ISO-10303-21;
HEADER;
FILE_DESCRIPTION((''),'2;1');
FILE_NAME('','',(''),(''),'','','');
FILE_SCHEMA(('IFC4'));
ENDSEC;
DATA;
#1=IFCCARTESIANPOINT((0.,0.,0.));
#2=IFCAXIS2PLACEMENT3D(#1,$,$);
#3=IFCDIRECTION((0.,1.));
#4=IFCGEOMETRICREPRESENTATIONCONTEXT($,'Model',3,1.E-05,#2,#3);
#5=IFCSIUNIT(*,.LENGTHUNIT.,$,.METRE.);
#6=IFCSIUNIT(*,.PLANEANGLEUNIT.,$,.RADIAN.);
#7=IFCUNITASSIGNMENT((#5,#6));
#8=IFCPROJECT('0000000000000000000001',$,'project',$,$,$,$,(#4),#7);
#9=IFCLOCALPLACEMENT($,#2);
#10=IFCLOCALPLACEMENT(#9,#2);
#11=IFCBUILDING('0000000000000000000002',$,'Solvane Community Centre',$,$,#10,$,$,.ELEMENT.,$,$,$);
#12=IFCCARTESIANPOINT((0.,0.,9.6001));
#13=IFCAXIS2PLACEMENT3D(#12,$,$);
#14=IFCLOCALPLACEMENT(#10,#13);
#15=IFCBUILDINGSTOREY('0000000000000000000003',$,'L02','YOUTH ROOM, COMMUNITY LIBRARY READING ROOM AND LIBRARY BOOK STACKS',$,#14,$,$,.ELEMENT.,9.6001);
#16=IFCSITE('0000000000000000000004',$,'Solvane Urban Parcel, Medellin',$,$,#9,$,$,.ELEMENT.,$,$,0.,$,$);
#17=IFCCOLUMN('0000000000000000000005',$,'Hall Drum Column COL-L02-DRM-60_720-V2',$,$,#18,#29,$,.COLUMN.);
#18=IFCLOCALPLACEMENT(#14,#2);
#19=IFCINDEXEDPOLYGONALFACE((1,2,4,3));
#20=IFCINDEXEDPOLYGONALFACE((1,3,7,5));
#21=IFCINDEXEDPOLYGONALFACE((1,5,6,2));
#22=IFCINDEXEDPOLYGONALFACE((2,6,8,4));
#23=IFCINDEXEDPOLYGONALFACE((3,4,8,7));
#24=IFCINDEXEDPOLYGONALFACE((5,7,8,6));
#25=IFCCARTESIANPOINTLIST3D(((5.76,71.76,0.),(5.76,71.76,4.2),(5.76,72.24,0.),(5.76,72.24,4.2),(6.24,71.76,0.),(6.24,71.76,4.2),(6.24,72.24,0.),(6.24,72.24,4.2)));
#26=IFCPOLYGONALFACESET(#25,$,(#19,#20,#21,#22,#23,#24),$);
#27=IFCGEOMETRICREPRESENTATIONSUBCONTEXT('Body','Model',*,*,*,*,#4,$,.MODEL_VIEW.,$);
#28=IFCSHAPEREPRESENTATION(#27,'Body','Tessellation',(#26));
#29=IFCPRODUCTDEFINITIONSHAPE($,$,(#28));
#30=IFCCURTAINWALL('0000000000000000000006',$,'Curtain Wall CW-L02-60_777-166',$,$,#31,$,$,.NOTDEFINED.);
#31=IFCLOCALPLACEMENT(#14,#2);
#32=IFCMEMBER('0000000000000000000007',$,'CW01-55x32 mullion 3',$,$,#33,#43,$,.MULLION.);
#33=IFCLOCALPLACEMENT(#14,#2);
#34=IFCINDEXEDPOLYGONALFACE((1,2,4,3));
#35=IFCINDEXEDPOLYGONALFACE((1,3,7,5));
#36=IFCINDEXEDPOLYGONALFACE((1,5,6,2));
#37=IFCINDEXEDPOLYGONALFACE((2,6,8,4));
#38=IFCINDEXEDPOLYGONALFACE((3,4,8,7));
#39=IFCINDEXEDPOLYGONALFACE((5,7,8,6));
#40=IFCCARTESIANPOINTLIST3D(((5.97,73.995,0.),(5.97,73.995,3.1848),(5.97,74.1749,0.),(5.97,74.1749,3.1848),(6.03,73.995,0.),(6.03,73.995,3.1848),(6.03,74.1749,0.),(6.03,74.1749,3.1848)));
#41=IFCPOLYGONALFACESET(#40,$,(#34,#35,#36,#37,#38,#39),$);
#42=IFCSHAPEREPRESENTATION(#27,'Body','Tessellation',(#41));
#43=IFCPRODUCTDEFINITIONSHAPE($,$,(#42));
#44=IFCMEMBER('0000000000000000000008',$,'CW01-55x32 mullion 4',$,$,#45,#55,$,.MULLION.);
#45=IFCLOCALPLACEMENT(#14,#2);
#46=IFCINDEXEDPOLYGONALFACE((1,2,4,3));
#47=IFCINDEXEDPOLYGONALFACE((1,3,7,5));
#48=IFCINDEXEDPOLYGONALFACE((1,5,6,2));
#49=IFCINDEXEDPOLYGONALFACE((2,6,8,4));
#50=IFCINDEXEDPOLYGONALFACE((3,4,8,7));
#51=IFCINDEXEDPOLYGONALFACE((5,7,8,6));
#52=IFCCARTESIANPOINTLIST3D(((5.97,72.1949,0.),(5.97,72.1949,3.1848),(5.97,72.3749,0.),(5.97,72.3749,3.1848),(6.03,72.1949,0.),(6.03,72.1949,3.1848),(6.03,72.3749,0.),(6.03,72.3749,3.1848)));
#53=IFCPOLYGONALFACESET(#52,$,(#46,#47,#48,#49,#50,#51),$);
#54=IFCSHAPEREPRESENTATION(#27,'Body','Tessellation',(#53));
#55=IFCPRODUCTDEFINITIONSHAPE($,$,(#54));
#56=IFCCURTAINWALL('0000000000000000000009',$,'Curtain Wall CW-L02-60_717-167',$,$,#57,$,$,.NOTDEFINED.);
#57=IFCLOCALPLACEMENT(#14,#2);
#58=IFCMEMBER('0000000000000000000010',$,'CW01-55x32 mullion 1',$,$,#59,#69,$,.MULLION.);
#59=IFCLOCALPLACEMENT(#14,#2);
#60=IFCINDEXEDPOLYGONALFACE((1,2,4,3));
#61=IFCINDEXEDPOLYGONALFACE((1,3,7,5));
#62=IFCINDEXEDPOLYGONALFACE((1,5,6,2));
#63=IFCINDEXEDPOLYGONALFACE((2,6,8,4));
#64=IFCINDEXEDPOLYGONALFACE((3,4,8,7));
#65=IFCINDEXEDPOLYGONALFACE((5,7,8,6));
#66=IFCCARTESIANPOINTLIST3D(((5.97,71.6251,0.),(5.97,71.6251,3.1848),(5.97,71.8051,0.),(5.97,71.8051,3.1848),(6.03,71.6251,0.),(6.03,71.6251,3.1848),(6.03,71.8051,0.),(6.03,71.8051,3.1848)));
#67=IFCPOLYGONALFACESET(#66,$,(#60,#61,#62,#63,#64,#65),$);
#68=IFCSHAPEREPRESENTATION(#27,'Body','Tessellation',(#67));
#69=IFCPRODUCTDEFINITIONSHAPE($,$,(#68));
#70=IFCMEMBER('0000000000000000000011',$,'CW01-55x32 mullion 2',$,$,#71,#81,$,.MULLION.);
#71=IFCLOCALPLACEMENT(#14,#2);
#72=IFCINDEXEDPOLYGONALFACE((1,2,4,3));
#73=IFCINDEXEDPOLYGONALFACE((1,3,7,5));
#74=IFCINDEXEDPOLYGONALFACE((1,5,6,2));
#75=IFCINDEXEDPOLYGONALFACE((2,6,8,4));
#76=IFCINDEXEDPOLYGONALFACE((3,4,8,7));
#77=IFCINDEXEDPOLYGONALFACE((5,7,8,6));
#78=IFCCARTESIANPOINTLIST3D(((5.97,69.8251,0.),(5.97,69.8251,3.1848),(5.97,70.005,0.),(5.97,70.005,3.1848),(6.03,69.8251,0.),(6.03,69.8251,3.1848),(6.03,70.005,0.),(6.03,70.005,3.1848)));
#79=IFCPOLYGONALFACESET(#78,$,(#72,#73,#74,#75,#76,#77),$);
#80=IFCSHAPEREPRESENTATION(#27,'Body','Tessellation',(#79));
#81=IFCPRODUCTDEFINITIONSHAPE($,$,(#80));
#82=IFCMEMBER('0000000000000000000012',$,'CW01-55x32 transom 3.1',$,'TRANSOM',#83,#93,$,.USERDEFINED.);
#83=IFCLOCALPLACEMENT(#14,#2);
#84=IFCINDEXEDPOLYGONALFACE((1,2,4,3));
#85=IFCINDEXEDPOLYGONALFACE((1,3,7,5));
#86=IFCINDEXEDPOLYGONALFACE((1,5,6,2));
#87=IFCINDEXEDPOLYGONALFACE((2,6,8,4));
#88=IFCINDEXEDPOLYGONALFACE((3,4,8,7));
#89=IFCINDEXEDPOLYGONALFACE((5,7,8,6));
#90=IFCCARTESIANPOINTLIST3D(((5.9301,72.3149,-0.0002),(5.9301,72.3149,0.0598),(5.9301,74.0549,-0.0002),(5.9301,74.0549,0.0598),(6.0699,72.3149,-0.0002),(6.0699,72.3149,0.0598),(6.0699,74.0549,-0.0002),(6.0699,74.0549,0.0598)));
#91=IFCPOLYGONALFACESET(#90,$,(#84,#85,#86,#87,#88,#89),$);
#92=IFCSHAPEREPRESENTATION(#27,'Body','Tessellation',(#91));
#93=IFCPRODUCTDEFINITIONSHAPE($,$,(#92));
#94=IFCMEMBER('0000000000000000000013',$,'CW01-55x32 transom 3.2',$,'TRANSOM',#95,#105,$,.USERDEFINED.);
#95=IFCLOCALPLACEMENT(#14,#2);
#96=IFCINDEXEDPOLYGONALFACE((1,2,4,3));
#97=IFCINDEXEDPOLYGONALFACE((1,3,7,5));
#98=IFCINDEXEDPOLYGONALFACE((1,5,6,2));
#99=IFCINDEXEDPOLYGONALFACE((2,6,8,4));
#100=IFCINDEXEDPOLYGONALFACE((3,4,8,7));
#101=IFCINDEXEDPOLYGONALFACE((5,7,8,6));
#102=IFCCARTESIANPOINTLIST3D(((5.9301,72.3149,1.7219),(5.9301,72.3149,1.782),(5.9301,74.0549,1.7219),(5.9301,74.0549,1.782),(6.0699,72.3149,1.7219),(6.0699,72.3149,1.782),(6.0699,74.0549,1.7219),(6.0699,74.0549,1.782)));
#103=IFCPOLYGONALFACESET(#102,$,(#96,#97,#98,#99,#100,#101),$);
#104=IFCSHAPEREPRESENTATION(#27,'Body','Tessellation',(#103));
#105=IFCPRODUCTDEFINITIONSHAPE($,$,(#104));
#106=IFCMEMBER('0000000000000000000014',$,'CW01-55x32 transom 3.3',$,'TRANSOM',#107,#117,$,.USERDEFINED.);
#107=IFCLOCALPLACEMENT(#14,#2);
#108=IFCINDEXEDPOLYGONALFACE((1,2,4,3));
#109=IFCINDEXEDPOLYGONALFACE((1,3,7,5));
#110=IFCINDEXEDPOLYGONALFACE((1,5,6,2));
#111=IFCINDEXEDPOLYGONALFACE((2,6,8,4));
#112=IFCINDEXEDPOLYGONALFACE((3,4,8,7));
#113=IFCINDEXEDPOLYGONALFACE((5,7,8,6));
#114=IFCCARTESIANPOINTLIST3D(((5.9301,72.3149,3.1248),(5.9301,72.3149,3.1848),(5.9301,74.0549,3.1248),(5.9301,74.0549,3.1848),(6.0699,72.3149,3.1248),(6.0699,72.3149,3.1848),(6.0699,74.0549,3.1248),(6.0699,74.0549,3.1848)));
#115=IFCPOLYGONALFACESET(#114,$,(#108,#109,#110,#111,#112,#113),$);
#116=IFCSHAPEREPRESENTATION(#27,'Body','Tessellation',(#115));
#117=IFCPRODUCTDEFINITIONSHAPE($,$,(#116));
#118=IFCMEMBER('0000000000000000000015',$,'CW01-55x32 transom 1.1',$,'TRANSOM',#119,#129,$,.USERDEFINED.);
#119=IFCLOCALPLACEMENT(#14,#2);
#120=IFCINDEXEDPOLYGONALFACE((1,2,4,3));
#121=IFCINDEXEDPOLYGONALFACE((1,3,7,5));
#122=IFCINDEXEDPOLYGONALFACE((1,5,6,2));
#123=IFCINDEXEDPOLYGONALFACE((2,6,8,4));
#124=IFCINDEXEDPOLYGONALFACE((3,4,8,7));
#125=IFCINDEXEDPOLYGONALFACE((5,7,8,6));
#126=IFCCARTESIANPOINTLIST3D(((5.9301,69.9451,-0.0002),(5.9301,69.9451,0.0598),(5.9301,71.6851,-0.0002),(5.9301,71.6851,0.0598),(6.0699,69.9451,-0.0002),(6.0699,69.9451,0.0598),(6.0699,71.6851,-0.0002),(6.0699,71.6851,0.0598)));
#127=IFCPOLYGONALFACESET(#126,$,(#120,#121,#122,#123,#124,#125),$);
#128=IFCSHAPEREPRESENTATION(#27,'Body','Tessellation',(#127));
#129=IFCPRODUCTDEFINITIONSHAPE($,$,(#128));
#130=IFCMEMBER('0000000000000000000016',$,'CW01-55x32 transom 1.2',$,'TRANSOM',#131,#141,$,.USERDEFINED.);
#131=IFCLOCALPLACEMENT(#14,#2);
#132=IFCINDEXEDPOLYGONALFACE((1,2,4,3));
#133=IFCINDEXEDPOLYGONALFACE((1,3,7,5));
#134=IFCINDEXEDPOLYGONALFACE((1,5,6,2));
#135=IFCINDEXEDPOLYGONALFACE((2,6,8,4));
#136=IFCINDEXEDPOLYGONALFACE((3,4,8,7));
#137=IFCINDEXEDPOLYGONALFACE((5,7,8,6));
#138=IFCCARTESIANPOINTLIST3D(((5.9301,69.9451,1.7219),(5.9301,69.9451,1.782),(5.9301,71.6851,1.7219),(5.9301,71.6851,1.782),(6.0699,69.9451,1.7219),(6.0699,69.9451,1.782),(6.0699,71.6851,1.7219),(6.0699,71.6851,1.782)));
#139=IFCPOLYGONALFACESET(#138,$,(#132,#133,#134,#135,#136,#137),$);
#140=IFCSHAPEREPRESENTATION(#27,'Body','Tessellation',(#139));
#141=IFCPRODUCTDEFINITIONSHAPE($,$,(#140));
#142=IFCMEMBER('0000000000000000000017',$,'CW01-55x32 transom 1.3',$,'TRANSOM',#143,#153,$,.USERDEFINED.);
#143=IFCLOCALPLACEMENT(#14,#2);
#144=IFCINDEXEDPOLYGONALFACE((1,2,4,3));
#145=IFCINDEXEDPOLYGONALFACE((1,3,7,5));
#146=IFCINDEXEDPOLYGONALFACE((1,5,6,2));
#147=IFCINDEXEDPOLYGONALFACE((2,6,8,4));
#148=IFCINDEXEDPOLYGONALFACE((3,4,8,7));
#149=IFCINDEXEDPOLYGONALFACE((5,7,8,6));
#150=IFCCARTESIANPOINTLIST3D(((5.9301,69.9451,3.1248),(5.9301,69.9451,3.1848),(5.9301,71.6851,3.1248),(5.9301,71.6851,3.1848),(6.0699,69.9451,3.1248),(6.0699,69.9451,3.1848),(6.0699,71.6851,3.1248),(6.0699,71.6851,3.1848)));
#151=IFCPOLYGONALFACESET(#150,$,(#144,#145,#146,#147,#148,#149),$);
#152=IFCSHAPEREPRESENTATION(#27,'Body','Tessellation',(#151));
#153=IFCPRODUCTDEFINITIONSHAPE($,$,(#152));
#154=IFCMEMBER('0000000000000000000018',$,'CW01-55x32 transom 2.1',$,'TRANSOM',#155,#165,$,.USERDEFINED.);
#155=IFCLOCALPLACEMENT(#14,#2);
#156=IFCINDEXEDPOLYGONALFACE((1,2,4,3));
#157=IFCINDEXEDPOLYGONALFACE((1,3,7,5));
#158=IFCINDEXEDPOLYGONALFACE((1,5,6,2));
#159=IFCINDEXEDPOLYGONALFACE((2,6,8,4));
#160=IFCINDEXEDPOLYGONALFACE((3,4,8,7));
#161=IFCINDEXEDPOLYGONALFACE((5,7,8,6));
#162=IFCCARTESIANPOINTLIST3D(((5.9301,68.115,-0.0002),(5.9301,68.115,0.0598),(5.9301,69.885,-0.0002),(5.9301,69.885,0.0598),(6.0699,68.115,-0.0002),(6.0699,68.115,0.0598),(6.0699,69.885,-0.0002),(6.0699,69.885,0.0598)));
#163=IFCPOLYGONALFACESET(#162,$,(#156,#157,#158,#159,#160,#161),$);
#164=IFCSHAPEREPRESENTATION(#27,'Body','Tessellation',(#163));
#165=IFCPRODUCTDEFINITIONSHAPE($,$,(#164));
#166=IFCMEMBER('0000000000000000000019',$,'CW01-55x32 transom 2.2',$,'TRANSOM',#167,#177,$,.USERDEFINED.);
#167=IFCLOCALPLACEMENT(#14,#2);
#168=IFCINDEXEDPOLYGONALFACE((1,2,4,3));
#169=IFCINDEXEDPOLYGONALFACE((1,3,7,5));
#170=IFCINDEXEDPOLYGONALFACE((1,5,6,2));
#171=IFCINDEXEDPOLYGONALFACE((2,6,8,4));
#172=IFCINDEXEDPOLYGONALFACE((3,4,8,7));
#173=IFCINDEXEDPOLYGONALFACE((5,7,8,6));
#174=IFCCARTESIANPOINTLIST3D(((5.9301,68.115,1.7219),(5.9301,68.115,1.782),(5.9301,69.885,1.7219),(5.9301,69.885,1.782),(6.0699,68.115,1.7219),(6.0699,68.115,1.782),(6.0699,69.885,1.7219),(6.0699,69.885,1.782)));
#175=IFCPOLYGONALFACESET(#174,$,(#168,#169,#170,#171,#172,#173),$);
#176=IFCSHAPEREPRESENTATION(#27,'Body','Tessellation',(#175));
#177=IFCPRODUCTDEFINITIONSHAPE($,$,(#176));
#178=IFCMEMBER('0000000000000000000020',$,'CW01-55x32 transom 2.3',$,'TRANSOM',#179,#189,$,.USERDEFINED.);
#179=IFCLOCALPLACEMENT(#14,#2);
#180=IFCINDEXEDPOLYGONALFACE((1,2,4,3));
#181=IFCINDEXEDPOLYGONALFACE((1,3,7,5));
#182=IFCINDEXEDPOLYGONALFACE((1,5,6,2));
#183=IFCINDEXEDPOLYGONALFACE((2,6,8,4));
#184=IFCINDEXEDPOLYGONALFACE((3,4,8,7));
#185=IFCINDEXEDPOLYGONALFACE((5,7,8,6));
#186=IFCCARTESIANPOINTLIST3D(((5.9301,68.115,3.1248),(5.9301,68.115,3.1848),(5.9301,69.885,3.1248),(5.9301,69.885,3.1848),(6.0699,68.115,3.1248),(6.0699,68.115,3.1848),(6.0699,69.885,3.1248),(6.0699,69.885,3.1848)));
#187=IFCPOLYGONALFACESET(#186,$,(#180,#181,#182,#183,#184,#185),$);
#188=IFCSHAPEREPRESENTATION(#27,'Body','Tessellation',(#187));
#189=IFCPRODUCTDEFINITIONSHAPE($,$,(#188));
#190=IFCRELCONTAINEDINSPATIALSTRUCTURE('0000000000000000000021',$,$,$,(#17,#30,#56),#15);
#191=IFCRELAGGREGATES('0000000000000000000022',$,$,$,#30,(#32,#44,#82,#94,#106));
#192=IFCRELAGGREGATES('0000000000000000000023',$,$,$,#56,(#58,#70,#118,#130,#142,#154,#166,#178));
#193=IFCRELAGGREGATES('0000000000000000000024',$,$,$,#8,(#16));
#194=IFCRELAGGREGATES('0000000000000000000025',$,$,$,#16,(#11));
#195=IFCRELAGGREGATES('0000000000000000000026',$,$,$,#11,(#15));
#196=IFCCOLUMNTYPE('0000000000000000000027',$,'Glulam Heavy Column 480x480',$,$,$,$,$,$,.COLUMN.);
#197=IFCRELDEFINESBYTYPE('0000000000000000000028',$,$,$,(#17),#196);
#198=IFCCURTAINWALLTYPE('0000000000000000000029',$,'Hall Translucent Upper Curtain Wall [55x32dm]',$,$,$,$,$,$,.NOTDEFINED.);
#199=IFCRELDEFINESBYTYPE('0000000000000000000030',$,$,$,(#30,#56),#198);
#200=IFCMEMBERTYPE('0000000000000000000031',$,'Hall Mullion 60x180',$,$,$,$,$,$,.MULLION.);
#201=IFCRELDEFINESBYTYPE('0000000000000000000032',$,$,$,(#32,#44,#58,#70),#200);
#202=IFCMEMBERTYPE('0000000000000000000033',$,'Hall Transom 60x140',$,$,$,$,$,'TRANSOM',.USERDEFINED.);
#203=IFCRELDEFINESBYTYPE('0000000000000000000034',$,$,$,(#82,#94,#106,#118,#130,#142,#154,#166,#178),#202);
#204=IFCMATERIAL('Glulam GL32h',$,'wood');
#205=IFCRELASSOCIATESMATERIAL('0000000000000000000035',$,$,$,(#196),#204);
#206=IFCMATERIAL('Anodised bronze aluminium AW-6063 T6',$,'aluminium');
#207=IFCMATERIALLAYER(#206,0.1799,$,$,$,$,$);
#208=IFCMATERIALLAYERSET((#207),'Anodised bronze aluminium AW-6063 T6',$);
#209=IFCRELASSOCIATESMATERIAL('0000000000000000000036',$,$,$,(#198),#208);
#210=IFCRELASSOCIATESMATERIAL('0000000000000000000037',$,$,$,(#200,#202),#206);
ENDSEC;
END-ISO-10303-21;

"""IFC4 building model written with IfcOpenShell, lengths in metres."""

from ifc_helpers import new_model, si_unit, direction, frame, origin, origin_2d, place, context, subcontext, project, spatial, rectangle, extrude, material, layer, layer_set, material_profile, profile_set, type_object, element, aggregate, save


model = new_model("IFC4")

# Units and contexts
model_context = context("Model", 3, precision=1e-05, world=origin(), true_north=direction((0.0, 1.0)))
body_context = subcontext(model_context, "Body", "Model", "MODEL_VIEW")
ifc_project = project(units=[si_unit("LENGTHUNIT", "METRE"), si_unit("PLANEANGLEUNIT", "RADIAN")], contexts=[model_context])

# Site, building, storey
site_placement = place(None, origin())
site = spatial("IfcSite", under=ifc_project, at=site_placement, Name="Solvane Urban Parcel, Medellin", CompositionType="ELEMENT", RefElevation=0.0)
building_placement = place(site_placement, origin())
building = spatial("IfcBuilding", under=site, at=building_placement, Name="Solvane Community Centre", CompositionType="ELEMENT")
storey_placement = place(building_placement, frame((0.0, 0.0, 9.6001)))
storey = spatial("IfcBuildingStorey", under=building, at=storey_placement, Name="L02", Description="YOUTH ROOM, COMMUNITY LIBRARY READING ROOM AND LIBRARY BOOK STACKS", CompositionType="ELEMENT", Elevation=9.6001)

# Column
ifc_material_1 = material(Name="Glulam GL32h", Category="wood")
ifc_material_profile_1 = material_profile(ifc_material_1, rectangle(XDim=0.48, YDim=0.48, at=origin_2d()), Name="GL32h 480x480")
ifc_profile_set_1 = profile_set([ifc_material_profile_1], Name="Glulam GL32h")
column_type = type_object("IfcColumnType", Name="Glulam Heavy Column 480x480", PredefinedType="COLUMN", material=ifc_profile_set_1)
column_placement = place(storey_placement, frame((6.0, 72.0, 0.0), z_axis=(0.0, 0.0, 1.0), x_axis=(1.0, 0.0, 0.0)))
element("IfcColumn", 1, at=column_placement, inside=storey, type_object=column_type, Name="Hall Drum Column COL-L02-DRM-60_720-V2", PredefinedType="COLUMN", context=body_context, shape_type="SweptSolid", body=[
    extrude(rectangle(XDim=0.48, YDim=0.48, at=origin_2d()), origin(), (0.0, 0.0, 1.0), 4.2),
])

# Curtain walls, members
ifc_material_2 = material(Name="Anodised bronze aluminium AW-6063 T6", Category="aluminium")
ifc_layer_1 = layer(ifc_material_2, 0.1799)
ifc_layer_set_1 = layer_set([ifc_layer_1], Name="Anodised bronze aluminium AW-6063 T6")
curtain_wall_type = type_object("IfcCurtainWallType", Name="Hall Translucent Upper Curtain Wall [55x32dm]", PredefinedType="NOTDEFINED", material=ifc_layer_set_1)
curtain_wall_1_placement = place(storey_placement, origin())
curtain_wall_1 = element("IfcCurtainWall", 2, at=curtain_wall_1_placement, inside=storey, type_object=curtain_wall_type, Name="Curtain Wall CW-L02-60_777-166", PredefinedType="NOTDEFINED")
ifc_material_profile_2 = material_profile(ifc_material_2, rectangle(XDim=0.0601, YDim=0.1799, at=origin_2d()), Name="CW-M 60x180")
ifc_profile_set_2 = profile_set([ifc_material_profile_2], Name="Anodised bronze aluminium AW-6063 T6")
member_type_1 = type_object("IfcMemberType", Name="Hall Mullion 60x180", PredefinedType="MULLION", material=ifc_profile_set_2)
member_1_placement = place(storey_placement, frame((6.0, 74.085, 0.0), z_axis=(0.0, 0.0, 1.0), x_axis=(1.0, 0.0, 0.0)))
member_1 = element("IfcMember", 3, at=member_1_placement, type_object=member_type_1, Name="CW01-55x32 mullion 3", PredefinedType="MULLION", context=body_context, shape_type="SweptSolid", body=[
    extrude(rectangle(XDim=0.0601, YDim=0.1799, at=origin_2d()), origin(), (0.0, 0.0, 1.0), 3.1848),
])
member_2_placement = place(storey_placement, frame((6.0, 72.2849, 0.0), z_axis=(0.0, 0.0, 1.0), x_axis=(1.0, 0.0, 0.0)))
member_2 = element("IfcMember", 4, at=member_2_placement, type_object=member_type_1, Name="CW01-55x32 mullion 4", PredefinedType="MULLION", context=body_context, shape_type="SweptSolid", body=[
    extrude(rectangle(XDim=0.0601, YDim=0.1799, at=origin_2d()), origin(), (0.0, 0.0, 1.0), 3.1848),
])
curtain_wall_2_placement = place(storey_placement, origin())
curtain_wall_2 = element("IfcCurtainWall", 5, at=curtain_wall_2_placement, inside=storey, type_object=curtain_wall_type, Name="Curtain Wall CW-L02-60_717-167", PredefinedType="NOTDEFINED")
member_3_placement = place(storey_placement, frame((6.0, 71.7151, 0.0), z_axis=(0.0, 0.0, 1.0), x_axis=(1.0, 0.0, 0.0)))
member_3 = element("IfcMember", 6, at=member_3_placement, type_object=member_type_1, Name="CW01-55x32 mullion 1", PredefinedType="MULLION", context=body_context, shape_type="SweptSolid", body=[
    extrude(rectangle(XDim=0.0601, YDim=0.1799, at=origin_2d()), origin(), (0.0, 0.0, 1.0), 3.1848),
])
member_4_placement = place(storey_placement, frame((6.0, 69.915, 0.0), z_axis=(0.0, 0.0, 1.0), x_axis=(1.0, 0.0, 0.0)))
member_4 = element("IfcMember", 7, at=member_4_placement, type_object=member_type_1, Name="CW01-55x32 mullion 2", PredefinedType="MULLION", context=body_context, shape_type="SweptSolid", body=[
    extrude(rectangle(XDim=0.0601, YDim=0.1799, at=origin_2d()), origin(), (0.0, 0.0, 1.0), 3.1848),
])

# Members
ifc_material_profile_3 = material_profile(ifc_material_2, rectangle(XDim=0.1399, YDim=0.0601, at=origin_2d()), Name="CW-T 60x140")
ifc_profile_set_3 = profile_set([ifc_material_profile_3], Name="Anodised bronze aluminium AW-6063 T6")
member_type_2 = type_object("IfcMemberType", Name="Hall Transom 60x140", ElementType="TRANSOM", PredefinedType="USERDEFINED", material=ifc_profile_set_3)
member_5_placement = place(storey_placement, frame((6.0, 74.0549, 0.0298), z_axis=(0.0, -1.0, 0.0), x_axis=(1.0, 0.0, 0.0)))
member_5 = element("IfcMember", 8, at=member_5_placement, type_object=member_type_2, Name="CW01-55x32 transom 3.1", ObjectType="TRANSOM", PredefinedType="USERDEFINED", context=body_context, shape_type="SweptSolid", body=[
    extrude(rectangle(XDim=0.1399, YDim=0.0601, at=origin_2d()), origin(), (0.0, 0.0, 1.0), 1.74),
])
member_6_placement = place(storey_placement, frame((6.0, 74.0549, 1.752), z_axis=(0.0, -1.0, 0.0), x_axis=(1.0, 0.0, 0.0)))
member_6 = element("IfcMember", 9, at=member_6_placement, type_object=member_type_2, Name="CW01-55x32 transom 3.2", ObjectType="TRANSOM", PredefinedType="USERDEFINED", context=body_context, shape_type="SweptSolid", body=[
    extrude(rectangle(XDim=0.1399, YDim=0.0601, at=origin_2d()), origin(), (0.0, 0.0, 1.0), 1.74),
])
member_7_placement = place(storey_placement, frame((6.0, 74.0549, 3.1548), z_axis=(0.0, -1.0, 0.0), x_axis=(1.0, 0.0, 0.0)))
member_7 = element("IfcMember", 10, at=member_7_placement, type_object=member_type_2, Name="CW01-55x32 transom 3.3", ObjectType="TRANSOM", PredefinedType="USERDEFINED", context=body_context, shape_type="SweptSolid", body=[
    extrude(rectangle(XDim=0.1399, YDim=0.0601, at=origin_2d()), origin(), (0.0, 0.0, 1.0), 1.74),
])
member_8_placement = place(storey_placement, frame((6.0, 71.6851, 0.0298), z_axis=(0.0, -1.0, 0.0), x_axis=(1.0, 0.0, 0.0)))
member_8 = element("IfcMember", 11, at=member_8_placement, type_object=member_type_2, Name="CW01-55x32 transom 1.1", ObjectType="TRANSOM", PredefinedType="USERDEFINED", context=body_context, shape_type="SweptSolid", body=[
    extrude(rectangle(XDim=0.1399, YDim=0.0601, at=origin_2d()), origin(), (0.0, 0.0, 1.0), 1.74),
])
member_9_placement = place(storey_placement, frame((6.0, 71.6851, 1.752), z_axis=(0.0, -1.0, 0.0), x_axis=(1.0, 0.0, 0.0)))
member_9 = element("IfcMember", 12, at=member_9_placement, type_object=member_type_2, Name="CW01-55x32 transom 1.2", ObjectType="TRANSOM", PredefinedType="USERDEFINED", context=body_context, shape_type="SweptSolid", body=[
    extrude(rectangle(XDim=0.1399, YDim=0.0601, at=origin_2d()), origin(), (0.0, 0.0, 1.0), 1.74),
])
member_10_placement = place(storey_placement, frame((6.0, 71.6851, 3.1548), z_axis=(0.0, -1.0, 0.0), x_axis=(1.0, 0.0, 0.0)))
member_10 = element("IfcMember", 13, at=member_10_placement, type_object=member_type_2, Name="CW01-55x32 transom 1.3", ObjectType="TRANSOM", PredefinedType="USERDEFINED", context=body_context, shape_type="SweptSolid", body=[
    extrude(rectangle(XDim=0.1399, YDim=0.0601, at=origin_2d()), origin(), (0.0, 0.0, 1.0), 1.74),
])
member_11_placement = place(storey_placement, frame((6.0, 69.885, 0.0298), z_axis=(0.0, -1.0, 0.0), x_axis=(1.0, 0.0, 0.0)))
member_11 = element("IfcMember", 14, at=member_11_placement, type_object=member_type_2, Name="CW01-55x32 transom 2.1", ObjectType="TRANSOM", PredefinedType="USERDEFINED", context=body_context, shape_type="SweptSolid", body=[
    extrude(rectangle(XDim=0.1399, YDim=0.0601, at=origin_2d()), origin(), (0.0, 0.0, 1.0), 1.77),
])
member_12_placement = place(storey_placement, frame((6.0, 69.885, 1.752), z_axis=(0.0, -1.0, 0.0), x_axis=(1.0, 0.0, 0.0)))
member_12 = element("IfcMember", 15, at=member_12_placement, type_object=member_type_2, Name="CW01-55x32 transom 2.2", ObjectType="TRANSOM", PredefinedType="USERDEFINED", context=body_context, shape_type="SweptSolid", body=[
    extrude(rectangle(XDim=0.1399, YDim=0.0601, at=origin_2d()), origin(), (0.0, 0.0, 1.0), 1.77),
])
member_13_placement = place(storey_placement, frame((6.0, 69.885, 3.1548), z_axis=(0.0, -1.0, 0.0), x_axis=(1.0, 0.0, 0.0)))
member_13 = element("IfcMember", 16, at=member_13_placement, type_object=member_type_2, Name="CW01-55x32 transom 2.3", ObjectType="TRANSOM", PredefinedType="USERDEFINED", context=body_context, shape_type="SweptSolid", body=[
    extrude(rectangle(XDim=0.1399, YDim=0.0601, at=origin_2d()), origin(), (0.0, 0.0, 1.0), 1.77),
])

aggregate(curtain_wall_1, [member_1, member_2, member_5, member_6, member_7])
aggregate(curtain_wall_2, [member_3, member_4, member_8, member_9, member_10, member_11, member_12, member_13])

save(model, "model.ifc")
